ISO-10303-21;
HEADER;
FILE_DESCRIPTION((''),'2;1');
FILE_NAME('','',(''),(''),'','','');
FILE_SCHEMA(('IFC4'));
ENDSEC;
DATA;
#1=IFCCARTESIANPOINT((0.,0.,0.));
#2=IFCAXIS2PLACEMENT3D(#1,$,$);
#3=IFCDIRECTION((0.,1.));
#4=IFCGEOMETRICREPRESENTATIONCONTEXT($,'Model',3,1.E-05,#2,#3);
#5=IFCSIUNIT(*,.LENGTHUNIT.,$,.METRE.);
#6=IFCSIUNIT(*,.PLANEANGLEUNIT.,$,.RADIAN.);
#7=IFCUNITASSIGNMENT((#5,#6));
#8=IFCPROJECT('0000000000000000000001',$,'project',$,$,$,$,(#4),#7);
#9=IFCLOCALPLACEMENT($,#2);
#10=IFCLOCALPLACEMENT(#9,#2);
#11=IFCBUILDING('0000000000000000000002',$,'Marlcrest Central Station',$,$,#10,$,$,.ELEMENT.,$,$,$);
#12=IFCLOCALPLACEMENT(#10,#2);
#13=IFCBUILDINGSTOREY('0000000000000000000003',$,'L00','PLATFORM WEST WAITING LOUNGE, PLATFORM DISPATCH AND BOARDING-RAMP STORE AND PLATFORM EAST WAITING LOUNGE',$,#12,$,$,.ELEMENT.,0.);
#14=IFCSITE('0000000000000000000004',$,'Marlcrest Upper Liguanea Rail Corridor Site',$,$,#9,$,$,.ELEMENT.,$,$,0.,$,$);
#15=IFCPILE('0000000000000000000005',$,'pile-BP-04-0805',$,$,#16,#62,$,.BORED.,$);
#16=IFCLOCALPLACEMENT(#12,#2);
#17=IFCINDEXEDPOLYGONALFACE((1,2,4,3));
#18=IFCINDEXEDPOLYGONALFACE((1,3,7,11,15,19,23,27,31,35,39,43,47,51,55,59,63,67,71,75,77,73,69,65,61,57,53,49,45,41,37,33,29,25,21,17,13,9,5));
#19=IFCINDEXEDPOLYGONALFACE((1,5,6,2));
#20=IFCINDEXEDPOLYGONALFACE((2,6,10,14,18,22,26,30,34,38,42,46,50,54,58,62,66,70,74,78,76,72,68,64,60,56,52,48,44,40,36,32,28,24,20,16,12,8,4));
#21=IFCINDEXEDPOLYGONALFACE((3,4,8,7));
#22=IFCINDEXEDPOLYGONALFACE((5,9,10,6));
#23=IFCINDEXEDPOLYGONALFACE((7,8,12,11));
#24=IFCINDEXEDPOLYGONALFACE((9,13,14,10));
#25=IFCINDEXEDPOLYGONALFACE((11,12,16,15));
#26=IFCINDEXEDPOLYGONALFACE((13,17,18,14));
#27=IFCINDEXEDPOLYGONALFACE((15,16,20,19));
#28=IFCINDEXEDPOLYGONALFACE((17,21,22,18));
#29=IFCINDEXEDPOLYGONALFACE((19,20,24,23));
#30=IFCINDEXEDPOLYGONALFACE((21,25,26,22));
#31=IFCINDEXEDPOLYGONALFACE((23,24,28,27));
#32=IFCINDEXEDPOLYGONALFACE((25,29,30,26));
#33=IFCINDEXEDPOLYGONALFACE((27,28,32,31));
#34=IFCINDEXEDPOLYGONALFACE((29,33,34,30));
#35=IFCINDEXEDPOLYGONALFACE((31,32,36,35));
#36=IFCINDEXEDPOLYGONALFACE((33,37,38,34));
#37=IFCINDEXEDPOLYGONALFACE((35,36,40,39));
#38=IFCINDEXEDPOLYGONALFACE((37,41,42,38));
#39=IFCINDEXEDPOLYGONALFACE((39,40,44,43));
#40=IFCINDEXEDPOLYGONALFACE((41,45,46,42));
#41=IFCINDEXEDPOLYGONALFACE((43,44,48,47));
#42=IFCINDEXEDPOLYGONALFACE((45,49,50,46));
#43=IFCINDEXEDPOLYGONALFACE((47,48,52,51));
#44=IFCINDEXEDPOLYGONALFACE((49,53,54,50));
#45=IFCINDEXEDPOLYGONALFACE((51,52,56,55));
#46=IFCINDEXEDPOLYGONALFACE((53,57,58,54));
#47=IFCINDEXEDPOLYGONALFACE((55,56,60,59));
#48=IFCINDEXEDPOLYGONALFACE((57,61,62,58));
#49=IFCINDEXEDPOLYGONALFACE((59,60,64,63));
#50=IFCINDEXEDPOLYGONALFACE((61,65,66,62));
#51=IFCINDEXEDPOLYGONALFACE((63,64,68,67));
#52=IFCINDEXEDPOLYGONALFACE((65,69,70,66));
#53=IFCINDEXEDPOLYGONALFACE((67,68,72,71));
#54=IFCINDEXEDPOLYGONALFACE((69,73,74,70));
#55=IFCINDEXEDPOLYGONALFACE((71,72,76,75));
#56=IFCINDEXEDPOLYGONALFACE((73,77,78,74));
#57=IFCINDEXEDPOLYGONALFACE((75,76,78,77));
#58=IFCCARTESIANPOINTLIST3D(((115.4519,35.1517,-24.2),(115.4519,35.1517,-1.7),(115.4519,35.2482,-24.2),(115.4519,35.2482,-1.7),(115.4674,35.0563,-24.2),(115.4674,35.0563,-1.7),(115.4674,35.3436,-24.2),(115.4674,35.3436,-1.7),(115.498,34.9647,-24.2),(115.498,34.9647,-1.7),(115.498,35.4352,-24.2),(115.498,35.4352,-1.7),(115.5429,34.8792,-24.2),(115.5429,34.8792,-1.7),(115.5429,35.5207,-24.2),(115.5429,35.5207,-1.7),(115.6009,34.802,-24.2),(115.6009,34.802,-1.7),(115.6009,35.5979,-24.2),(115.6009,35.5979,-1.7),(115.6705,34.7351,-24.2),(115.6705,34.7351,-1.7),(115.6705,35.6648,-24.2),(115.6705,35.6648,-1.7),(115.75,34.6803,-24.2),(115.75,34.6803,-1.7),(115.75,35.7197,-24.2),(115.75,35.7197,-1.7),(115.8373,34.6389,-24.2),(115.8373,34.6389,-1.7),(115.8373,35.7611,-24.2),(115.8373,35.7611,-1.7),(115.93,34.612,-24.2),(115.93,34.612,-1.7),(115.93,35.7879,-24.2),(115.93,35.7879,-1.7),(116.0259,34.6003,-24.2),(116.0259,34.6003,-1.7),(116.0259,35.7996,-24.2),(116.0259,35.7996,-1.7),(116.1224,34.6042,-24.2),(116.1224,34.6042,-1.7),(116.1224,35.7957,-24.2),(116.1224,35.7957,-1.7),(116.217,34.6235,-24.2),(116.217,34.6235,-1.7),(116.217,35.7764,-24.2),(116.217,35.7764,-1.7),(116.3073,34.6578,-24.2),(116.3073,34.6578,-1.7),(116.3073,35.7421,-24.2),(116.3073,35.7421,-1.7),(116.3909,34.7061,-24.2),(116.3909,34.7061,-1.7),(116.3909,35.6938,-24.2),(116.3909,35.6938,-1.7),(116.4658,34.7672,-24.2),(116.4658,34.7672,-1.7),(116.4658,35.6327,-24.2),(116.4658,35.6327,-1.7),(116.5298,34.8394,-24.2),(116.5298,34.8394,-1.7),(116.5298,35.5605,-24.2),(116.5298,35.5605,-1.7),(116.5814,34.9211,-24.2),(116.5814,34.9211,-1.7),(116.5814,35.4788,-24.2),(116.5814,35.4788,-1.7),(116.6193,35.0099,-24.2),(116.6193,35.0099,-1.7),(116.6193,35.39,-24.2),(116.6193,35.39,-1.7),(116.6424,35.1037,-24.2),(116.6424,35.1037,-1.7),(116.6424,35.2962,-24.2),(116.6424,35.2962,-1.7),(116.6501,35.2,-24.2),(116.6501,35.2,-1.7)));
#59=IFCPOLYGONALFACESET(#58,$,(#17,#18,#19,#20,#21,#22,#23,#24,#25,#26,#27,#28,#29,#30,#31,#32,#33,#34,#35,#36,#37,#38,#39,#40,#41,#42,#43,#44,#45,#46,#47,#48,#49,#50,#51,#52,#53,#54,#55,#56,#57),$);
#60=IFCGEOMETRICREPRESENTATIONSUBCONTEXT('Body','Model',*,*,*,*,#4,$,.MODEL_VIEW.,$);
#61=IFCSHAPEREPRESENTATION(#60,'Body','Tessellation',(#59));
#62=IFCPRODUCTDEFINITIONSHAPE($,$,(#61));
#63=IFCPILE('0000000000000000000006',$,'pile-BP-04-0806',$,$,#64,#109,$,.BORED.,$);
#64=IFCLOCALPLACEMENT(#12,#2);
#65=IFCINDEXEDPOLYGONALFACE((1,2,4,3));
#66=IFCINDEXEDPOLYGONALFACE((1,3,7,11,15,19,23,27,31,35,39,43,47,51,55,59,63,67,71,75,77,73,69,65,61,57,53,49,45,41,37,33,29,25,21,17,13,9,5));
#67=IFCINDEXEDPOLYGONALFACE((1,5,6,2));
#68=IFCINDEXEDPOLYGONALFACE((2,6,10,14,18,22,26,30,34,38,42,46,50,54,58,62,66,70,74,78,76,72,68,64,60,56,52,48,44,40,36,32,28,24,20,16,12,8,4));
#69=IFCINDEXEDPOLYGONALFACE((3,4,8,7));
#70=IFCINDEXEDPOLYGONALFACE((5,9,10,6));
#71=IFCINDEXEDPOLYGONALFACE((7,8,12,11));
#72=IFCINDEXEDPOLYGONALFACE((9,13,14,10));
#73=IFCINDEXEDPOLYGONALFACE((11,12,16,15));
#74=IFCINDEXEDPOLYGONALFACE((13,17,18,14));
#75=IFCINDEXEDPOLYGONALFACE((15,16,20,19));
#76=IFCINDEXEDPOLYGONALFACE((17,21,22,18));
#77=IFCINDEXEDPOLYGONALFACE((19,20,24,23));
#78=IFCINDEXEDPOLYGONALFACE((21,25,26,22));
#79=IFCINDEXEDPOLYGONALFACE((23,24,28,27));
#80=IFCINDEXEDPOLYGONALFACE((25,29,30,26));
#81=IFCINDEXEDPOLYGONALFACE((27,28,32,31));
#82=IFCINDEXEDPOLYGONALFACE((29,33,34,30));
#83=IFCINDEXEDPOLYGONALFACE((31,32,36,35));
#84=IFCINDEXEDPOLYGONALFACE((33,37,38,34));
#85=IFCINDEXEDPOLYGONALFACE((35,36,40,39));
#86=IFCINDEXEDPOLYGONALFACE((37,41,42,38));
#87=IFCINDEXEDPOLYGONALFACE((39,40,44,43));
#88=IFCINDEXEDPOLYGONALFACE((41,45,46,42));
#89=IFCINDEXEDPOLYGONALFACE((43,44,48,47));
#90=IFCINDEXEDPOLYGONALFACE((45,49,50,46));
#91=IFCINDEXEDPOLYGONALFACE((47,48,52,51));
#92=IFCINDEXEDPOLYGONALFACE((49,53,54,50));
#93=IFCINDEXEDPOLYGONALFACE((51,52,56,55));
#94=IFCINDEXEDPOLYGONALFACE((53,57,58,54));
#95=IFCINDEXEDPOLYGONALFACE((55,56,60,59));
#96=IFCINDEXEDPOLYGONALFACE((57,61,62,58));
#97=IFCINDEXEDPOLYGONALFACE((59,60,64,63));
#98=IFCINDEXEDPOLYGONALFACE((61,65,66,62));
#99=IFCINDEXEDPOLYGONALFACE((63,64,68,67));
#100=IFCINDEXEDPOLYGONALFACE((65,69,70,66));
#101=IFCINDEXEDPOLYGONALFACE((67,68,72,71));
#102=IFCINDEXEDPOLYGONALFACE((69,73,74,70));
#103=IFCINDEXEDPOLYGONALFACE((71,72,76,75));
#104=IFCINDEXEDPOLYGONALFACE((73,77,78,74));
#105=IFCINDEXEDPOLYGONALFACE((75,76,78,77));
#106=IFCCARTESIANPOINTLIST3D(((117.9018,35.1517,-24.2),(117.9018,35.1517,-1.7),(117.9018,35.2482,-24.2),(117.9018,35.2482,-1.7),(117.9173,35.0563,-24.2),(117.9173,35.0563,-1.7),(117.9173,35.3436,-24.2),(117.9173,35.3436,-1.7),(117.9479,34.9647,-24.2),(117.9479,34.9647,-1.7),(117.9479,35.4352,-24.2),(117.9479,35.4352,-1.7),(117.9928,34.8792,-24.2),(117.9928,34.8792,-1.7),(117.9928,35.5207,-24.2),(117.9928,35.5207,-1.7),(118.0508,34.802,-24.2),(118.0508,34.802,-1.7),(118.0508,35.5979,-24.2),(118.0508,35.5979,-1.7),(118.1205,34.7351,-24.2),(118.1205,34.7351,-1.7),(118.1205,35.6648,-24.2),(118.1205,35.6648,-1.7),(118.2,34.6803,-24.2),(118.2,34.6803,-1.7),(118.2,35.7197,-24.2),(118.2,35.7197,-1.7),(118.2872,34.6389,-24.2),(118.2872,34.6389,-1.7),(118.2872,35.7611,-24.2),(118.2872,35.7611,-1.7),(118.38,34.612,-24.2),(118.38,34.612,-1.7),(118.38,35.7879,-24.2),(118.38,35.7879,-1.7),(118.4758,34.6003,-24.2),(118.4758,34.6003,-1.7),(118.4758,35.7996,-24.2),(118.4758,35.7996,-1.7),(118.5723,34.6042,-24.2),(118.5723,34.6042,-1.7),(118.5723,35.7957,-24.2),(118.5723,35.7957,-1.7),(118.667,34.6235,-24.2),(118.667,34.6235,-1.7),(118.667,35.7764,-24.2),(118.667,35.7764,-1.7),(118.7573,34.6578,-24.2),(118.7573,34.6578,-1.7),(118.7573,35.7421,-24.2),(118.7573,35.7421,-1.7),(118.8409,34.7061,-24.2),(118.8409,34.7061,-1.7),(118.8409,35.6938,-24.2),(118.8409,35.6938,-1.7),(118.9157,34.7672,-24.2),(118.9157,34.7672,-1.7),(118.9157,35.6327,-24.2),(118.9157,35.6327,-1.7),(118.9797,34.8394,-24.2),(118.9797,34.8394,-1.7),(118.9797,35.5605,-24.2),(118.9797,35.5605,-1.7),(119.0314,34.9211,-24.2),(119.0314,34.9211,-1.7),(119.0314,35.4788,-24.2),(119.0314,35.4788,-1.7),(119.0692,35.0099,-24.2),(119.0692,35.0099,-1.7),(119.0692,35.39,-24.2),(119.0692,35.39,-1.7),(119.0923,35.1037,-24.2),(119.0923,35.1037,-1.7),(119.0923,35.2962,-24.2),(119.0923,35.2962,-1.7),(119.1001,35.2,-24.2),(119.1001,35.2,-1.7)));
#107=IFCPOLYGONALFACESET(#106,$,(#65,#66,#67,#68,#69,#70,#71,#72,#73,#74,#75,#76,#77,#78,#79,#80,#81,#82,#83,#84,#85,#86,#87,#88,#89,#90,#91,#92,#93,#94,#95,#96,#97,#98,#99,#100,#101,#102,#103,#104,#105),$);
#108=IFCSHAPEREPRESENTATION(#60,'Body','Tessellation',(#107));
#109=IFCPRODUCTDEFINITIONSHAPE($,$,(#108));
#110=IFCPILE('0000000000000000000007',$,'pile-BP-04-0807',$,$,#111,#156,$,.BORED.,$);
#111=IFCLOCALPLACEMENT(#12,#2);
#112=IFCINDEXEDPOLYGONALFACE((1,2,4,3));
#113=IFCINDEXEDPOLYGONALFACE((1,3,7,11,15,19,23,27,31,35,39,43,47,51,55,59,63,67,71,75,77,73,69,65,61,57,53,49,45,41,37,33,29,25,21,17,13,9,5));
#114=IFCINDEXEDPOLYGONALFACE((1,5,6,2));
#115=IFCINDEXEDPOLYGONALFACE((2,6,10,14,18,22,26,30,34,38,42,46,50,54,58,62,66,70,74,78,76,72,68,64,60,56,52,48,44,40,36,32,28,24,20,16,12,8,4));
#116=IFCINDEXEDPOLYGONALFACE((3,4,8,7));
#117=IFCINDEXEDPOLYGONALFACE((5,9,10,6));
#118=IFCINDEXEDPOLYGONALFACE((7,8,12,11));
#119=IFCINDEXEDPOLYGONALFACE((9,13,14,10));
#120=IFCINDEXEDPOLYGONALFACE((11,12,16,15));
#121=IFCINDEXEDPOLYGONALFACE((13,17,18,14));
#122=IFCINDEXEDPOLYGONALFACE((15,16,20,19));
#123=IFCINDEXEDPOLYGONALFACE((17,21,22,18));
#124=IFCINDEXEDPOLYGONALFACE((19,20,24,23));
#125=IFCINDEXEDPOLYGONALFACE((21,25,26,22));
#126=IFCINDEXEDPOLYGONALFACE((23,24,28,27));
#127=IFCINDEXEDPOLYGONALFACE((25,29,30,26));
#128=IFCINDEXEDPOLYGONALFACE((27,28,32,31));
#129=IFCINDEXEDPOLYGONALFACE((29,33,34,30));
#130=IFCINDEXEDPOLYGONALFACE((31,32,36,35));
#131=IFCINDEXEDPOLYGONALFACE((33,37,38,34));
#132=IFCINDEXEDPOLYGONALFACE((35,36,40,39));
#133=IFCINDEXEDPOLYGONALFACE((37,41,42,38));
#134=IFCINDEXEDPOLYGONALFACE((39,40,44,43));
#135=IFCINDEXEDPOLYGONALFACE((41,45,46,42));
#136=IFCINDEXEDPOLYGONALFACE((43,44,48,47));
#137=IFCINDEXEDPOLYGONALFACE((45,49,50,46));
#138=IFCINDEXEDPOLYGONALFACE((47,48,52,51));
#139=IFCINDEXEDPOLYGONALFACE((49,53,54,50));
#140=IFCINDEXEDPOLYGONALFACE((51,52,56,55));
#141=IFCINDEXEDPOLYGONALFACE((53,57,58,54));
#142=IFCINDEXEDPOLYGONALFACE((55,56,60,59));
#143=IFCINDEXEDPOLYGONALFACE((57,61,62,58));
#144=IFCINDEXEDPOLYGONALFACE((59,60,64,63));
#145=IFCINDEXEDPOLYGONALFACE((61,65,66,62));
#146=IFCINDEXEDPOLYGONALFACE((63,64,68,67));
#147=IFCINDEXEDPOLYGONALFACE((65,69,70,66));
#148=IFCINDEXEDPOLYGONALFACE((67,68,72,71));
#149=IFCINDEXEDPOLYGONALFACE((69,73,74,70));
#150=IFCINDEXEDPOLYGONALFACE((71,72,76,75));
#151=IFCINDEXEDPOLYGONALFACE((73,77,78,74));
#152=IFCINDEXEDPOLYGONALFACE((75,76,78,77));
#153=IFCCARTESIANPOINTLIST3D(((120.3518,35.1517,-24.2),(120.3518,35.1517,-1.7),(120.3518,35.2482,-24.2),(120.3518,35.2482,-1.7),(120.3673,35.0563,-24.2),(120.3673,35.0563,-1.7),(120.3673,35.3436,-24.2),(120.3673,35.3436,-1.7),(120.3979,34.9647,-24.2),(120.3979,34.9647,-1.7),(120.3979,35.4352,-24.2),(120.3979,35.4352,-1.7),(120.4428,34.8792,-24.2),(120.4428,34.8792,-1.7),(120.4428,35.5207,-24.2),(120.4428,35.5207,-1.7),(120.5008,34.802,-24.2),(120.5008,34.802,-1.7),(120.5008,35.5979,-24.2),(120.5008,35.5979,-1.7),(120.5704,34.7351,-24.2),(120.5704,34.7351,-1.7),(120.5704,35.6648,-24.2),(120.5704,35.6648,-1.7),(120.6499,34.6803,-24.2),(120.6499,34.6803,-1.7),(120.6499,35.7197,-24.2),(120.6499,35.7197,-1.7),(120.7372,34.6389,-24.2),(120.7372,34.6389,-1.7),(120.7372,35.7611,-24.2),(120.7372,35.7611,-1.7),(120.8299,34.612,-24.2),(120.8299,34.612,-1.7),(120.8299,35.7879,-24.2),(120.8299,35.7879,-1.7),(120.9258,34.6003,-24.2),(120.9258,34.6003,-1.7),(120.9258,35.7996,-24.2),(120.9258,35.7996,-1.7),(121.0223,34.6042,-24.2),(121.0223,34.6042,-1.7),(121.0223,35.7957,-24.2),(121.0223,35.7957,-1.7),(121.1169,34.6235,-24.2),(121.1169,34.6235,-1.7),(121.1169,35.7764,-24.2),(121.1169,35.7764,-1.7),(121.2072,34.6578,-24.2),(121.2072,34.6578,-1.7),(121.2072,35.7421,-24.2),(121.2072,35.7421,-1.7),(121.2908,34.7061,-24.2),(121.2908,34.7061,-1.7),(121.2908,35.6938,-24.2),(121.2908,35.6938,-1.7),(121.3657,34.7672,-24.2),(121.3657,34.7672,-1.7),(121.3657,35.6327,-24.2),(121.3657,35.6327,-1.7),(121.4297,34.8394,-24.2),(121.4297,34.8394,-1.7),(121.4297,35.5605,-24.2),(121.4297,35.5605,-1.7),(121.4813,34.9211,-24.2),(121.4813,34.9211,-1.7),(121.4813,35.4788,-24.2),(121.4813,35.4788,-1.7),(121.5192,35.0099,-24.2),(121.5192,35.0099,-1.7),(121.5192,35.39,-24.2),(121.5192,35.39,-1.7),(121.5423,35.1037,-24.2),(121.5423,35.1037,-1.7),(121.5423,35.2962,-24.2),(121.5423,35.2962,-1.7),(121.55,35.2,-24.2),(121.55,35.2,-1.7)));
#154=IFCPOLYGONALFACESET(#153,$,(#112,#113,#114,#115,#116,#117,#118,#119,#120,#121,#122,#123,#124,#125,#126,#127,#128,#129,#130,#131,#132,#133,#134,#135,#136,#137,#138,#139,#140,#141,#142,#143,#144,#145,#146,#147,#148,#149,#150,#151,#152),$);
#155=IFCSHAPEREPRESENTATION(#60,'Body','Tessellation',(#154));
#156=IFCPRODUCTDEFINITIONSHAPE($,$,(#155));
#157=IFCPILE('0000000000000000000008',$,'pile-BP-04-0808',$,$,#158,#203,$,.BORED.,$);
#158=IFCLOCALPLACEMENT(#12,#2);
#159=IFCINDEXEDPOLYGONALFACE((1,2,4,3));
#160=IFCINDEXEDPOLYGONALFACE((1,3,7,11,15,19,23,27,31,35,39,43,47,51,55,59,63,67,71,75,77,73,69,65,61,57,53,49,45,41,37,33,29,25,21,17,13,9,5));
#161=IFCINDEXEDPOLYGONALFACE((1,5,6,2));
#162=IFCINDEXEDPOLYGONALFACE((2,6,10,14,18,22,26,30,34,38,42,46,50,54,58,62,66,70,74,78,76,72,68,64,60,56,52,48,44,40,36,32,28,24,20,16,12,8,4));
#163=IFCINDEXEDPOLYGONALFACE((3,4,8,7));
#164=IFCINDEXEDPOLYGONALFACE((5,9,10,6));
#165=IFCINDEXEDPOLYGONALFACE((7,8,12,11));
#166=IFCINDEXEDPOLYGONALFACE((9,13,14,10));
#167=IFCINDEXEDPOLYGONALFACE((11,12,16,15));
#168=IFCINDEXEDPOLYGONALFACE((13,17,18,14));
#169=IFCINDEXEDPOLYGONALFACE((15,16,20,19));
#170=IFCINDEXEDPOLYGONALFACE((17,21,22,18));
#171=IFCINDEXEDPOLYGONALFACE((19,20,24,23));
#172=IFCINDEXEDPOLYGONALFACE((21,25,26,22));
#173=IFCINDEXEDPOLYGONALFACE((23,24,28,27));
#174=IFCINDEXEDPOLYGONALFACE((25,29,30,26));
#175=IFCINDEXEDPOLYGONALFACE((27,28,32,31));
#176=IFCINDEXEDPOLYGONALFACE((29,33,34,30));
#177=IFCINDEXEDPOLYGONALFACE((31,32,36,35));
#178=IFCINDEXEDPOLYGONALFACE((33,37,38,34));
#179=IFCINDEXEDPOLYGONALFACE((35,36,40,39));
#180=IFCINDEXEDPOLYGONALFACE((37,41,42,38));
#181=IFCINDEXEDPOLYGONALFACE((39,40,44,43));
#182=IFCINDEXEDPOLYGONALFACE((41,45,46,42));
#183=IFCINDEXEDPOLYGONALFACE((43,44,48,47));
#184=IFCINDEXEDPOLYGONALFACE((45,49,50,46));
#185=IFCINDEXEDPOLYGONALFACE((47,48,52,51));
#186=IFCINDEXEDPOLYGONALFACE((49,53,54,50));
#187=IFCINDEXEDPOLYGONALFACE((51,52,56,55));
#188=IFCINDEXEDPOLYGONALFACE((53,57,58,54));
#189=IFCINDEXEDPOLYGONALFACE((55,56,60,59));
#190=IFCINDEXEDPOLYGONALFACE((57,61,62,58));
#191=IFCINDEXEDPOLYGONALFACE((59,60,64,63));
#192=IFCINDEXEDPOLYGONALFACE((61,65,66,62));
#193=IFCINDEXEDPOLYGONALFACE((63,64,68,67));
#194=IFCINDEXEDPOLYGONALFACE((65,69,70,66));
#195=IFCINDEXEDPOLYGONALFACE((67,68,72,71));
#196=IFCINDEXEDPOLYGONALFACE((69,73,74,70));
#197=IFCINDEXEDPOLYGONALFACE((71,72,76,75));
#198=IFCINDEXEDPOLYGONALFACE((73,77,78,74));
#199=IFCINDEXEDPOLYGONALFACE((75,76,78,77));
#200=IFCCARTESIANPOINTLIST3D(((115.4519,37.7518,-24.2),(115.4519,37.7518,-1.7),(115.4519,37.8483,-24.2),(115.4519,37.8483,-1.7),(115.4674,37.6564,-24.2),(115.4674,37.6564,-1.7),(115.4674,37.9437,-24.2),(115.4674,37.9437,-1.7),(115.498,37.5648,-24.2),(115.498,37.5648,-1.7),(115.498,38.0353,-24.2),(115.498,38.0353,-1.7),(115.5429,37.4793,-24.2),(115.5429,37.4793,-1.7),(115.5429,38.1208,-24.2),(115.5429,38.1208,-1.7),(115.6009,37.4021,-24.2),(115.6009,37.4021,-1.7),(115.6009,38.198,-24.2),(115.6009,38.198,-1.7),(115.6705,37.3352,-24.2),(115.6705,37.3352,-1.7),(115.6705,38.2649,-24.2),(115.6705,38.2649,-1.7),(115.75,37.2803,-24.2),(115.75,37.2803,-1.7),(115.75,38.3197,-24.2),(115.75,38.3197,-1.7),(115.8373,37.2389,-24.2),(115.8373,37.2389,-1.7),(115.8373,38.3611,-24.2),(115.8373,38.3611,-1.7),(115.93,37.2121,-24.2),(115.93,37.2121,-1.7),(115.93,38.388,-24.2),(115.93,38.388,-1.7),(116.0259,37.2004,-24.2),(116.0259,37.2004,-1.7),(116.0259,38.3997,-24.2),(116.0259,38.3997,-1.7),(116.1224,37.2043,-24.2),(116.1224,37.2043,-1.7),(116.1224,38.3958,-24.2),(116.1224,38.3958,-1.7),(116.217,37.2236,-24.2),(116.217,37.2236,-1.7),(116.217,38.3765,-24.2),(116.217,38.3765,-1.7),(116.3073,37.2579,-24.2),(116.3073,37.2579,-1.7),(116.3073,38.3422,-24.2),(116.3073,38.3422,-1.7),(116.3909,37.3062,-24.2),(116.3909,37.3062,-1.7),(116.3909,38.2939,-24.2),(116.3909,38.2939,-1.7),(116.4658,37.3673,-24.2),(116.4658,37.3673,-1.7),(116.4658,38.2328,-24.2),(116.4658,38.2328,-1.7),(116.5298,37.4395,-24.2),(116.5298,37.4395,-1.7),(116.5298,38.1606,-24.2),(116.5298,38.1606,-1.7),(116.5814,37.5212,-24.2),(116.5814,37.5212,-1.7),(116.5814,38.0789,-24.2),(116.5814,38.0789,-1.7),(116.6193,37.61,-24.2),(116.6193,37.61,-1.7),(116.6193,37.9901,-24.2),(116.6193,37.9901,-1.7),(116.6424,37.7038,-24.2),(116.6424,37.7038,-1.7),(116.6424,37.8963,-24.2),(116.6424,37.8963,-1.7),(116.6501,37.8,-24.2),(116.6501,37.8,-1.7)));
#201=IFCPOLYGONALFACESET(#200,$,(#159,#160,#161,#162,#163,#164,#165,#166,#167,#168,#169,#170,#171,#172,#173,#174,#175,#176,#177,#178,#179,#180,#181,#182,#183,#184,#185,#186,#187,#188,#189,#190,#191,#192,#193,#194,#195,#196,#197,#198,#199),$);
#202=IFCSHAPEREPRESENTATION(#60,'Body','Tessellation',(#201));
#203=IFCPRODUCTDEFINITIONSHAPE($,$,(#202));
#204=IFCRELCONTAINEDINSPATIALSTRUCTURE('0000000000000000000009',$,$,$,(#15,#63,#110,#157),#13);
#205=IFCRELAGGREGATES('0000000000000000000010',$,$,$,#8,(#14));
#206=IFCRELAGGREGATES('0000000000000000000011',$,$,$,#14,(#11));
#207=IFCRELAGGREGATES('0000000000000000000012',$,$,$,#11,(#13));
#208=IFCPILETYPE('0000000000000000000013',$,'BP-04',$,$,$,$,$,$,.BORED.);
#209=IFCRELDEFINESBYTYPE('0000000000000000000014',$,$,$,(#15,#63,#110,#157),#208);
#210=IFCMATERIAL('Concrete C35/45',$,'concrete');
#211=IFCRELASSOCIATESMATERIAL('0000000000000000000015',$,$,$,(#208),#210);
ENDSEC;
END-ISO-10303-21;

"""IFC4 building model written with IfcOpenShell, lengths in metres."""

from ifc_helpers import new_model, si_unit, direction, frame, origin, origin_2d, place, context, subcontext, project, spatial, circle, extrude, material, material_profile, profile_set, type_object, element, save


model = new_model("IFC4")

# Units and contexts
model_context = context("Model", 3, precision=1e-05, world=origin(), true_north=direction((0.0, 1.0)))
body_context = subcontext(model_context, "Body", "Model", "MODEL_VIEW")
ifc_project = project(units=[si_unit("LENGTHUNIT", "METRE"), si_unit("PLANEANGLEUNIT", "RADIAN")], contexts=[model_context])

# Site, building, storey
site_placement = place(None, origin())
site = spatial("IfcSite", under=ifc_project, at=site_placement, Name="Marlcrest Upper Liguanea Rail Corridor Site", CompositionType="ELEMENT", RefElevation=0.0)
building_placement = place(site_placement, origin())
building = spatial("IfcBuilding", under=site, at=building_placement, Name="Marlcrest Central Station", CompositionType="ELEMENT")
storey_placement = place(building_placement, origin())
storey = spatial("IfcBuildingStorey", under=building, at=storey_placement, Name="L00", Description="PLATFORM WEST WAITING LOUNGE, PLATFORM DISPATCH AND BOARDING-RAMP STORE AND PLATFORM EAST WAITING LOUNGE", CompositionType="ELEMENT", Elevation=0.0)

# Piles
ifc_material_1 = material(Name="Concrete C35/45", Category="concrete")
ifc_material_profile_1 = material_profile(ifc_material_1, circle(Radius=0.6001, at=origin_2d()), Name="PILE D1200")
ifc_profile_set_1 = profile_set([ifc_material_profile_1], Name="Concrete C35/45")
pile_type = type_object("IfcPileType", Name="BP-04", PredefinedType="BORED", material=ifc_profile_set_1)
for number, where, z_axis, x_axis, name in (
    (1, (116.05, 35.2, -1.7), (0.0, 0.0, -1.0), (1.0, 0.0, 0.0), "pile-BP-04-0805"),
    (2, (118.5, 35.2, -1.7), (0.0, 0.0, -1.0), (1.0, 0.0, 0.0), "pile-BP-04-0806"),
    (3, (120.95, 35.2, -1.7), (0.0, 0.0, -1.0), (1.0, 0.0, 0.0), "pile-BP-04-0807"),
    (4, (116.05, 37.8, -1.7), (0.0, 0.0, -1.0), (1.0, 0.0, 0.0), "pile-BP-04-0808"),
):
    element("IfcPile", number, at=place(storey_placement, frame(where, z_axis=z_axis, x_axis=x_axis)), inside=storey, type_object=pile_type, Name=name, PredefinedType="BORED", context=body_context, shape_type="SweptSolid", body=[
        extrude(circle(Radius=0.6001, at=origin_2d()), origin(), (0.0, 0.0, 1.0), 22.5),
    ])

save(model, "model.ifc")
